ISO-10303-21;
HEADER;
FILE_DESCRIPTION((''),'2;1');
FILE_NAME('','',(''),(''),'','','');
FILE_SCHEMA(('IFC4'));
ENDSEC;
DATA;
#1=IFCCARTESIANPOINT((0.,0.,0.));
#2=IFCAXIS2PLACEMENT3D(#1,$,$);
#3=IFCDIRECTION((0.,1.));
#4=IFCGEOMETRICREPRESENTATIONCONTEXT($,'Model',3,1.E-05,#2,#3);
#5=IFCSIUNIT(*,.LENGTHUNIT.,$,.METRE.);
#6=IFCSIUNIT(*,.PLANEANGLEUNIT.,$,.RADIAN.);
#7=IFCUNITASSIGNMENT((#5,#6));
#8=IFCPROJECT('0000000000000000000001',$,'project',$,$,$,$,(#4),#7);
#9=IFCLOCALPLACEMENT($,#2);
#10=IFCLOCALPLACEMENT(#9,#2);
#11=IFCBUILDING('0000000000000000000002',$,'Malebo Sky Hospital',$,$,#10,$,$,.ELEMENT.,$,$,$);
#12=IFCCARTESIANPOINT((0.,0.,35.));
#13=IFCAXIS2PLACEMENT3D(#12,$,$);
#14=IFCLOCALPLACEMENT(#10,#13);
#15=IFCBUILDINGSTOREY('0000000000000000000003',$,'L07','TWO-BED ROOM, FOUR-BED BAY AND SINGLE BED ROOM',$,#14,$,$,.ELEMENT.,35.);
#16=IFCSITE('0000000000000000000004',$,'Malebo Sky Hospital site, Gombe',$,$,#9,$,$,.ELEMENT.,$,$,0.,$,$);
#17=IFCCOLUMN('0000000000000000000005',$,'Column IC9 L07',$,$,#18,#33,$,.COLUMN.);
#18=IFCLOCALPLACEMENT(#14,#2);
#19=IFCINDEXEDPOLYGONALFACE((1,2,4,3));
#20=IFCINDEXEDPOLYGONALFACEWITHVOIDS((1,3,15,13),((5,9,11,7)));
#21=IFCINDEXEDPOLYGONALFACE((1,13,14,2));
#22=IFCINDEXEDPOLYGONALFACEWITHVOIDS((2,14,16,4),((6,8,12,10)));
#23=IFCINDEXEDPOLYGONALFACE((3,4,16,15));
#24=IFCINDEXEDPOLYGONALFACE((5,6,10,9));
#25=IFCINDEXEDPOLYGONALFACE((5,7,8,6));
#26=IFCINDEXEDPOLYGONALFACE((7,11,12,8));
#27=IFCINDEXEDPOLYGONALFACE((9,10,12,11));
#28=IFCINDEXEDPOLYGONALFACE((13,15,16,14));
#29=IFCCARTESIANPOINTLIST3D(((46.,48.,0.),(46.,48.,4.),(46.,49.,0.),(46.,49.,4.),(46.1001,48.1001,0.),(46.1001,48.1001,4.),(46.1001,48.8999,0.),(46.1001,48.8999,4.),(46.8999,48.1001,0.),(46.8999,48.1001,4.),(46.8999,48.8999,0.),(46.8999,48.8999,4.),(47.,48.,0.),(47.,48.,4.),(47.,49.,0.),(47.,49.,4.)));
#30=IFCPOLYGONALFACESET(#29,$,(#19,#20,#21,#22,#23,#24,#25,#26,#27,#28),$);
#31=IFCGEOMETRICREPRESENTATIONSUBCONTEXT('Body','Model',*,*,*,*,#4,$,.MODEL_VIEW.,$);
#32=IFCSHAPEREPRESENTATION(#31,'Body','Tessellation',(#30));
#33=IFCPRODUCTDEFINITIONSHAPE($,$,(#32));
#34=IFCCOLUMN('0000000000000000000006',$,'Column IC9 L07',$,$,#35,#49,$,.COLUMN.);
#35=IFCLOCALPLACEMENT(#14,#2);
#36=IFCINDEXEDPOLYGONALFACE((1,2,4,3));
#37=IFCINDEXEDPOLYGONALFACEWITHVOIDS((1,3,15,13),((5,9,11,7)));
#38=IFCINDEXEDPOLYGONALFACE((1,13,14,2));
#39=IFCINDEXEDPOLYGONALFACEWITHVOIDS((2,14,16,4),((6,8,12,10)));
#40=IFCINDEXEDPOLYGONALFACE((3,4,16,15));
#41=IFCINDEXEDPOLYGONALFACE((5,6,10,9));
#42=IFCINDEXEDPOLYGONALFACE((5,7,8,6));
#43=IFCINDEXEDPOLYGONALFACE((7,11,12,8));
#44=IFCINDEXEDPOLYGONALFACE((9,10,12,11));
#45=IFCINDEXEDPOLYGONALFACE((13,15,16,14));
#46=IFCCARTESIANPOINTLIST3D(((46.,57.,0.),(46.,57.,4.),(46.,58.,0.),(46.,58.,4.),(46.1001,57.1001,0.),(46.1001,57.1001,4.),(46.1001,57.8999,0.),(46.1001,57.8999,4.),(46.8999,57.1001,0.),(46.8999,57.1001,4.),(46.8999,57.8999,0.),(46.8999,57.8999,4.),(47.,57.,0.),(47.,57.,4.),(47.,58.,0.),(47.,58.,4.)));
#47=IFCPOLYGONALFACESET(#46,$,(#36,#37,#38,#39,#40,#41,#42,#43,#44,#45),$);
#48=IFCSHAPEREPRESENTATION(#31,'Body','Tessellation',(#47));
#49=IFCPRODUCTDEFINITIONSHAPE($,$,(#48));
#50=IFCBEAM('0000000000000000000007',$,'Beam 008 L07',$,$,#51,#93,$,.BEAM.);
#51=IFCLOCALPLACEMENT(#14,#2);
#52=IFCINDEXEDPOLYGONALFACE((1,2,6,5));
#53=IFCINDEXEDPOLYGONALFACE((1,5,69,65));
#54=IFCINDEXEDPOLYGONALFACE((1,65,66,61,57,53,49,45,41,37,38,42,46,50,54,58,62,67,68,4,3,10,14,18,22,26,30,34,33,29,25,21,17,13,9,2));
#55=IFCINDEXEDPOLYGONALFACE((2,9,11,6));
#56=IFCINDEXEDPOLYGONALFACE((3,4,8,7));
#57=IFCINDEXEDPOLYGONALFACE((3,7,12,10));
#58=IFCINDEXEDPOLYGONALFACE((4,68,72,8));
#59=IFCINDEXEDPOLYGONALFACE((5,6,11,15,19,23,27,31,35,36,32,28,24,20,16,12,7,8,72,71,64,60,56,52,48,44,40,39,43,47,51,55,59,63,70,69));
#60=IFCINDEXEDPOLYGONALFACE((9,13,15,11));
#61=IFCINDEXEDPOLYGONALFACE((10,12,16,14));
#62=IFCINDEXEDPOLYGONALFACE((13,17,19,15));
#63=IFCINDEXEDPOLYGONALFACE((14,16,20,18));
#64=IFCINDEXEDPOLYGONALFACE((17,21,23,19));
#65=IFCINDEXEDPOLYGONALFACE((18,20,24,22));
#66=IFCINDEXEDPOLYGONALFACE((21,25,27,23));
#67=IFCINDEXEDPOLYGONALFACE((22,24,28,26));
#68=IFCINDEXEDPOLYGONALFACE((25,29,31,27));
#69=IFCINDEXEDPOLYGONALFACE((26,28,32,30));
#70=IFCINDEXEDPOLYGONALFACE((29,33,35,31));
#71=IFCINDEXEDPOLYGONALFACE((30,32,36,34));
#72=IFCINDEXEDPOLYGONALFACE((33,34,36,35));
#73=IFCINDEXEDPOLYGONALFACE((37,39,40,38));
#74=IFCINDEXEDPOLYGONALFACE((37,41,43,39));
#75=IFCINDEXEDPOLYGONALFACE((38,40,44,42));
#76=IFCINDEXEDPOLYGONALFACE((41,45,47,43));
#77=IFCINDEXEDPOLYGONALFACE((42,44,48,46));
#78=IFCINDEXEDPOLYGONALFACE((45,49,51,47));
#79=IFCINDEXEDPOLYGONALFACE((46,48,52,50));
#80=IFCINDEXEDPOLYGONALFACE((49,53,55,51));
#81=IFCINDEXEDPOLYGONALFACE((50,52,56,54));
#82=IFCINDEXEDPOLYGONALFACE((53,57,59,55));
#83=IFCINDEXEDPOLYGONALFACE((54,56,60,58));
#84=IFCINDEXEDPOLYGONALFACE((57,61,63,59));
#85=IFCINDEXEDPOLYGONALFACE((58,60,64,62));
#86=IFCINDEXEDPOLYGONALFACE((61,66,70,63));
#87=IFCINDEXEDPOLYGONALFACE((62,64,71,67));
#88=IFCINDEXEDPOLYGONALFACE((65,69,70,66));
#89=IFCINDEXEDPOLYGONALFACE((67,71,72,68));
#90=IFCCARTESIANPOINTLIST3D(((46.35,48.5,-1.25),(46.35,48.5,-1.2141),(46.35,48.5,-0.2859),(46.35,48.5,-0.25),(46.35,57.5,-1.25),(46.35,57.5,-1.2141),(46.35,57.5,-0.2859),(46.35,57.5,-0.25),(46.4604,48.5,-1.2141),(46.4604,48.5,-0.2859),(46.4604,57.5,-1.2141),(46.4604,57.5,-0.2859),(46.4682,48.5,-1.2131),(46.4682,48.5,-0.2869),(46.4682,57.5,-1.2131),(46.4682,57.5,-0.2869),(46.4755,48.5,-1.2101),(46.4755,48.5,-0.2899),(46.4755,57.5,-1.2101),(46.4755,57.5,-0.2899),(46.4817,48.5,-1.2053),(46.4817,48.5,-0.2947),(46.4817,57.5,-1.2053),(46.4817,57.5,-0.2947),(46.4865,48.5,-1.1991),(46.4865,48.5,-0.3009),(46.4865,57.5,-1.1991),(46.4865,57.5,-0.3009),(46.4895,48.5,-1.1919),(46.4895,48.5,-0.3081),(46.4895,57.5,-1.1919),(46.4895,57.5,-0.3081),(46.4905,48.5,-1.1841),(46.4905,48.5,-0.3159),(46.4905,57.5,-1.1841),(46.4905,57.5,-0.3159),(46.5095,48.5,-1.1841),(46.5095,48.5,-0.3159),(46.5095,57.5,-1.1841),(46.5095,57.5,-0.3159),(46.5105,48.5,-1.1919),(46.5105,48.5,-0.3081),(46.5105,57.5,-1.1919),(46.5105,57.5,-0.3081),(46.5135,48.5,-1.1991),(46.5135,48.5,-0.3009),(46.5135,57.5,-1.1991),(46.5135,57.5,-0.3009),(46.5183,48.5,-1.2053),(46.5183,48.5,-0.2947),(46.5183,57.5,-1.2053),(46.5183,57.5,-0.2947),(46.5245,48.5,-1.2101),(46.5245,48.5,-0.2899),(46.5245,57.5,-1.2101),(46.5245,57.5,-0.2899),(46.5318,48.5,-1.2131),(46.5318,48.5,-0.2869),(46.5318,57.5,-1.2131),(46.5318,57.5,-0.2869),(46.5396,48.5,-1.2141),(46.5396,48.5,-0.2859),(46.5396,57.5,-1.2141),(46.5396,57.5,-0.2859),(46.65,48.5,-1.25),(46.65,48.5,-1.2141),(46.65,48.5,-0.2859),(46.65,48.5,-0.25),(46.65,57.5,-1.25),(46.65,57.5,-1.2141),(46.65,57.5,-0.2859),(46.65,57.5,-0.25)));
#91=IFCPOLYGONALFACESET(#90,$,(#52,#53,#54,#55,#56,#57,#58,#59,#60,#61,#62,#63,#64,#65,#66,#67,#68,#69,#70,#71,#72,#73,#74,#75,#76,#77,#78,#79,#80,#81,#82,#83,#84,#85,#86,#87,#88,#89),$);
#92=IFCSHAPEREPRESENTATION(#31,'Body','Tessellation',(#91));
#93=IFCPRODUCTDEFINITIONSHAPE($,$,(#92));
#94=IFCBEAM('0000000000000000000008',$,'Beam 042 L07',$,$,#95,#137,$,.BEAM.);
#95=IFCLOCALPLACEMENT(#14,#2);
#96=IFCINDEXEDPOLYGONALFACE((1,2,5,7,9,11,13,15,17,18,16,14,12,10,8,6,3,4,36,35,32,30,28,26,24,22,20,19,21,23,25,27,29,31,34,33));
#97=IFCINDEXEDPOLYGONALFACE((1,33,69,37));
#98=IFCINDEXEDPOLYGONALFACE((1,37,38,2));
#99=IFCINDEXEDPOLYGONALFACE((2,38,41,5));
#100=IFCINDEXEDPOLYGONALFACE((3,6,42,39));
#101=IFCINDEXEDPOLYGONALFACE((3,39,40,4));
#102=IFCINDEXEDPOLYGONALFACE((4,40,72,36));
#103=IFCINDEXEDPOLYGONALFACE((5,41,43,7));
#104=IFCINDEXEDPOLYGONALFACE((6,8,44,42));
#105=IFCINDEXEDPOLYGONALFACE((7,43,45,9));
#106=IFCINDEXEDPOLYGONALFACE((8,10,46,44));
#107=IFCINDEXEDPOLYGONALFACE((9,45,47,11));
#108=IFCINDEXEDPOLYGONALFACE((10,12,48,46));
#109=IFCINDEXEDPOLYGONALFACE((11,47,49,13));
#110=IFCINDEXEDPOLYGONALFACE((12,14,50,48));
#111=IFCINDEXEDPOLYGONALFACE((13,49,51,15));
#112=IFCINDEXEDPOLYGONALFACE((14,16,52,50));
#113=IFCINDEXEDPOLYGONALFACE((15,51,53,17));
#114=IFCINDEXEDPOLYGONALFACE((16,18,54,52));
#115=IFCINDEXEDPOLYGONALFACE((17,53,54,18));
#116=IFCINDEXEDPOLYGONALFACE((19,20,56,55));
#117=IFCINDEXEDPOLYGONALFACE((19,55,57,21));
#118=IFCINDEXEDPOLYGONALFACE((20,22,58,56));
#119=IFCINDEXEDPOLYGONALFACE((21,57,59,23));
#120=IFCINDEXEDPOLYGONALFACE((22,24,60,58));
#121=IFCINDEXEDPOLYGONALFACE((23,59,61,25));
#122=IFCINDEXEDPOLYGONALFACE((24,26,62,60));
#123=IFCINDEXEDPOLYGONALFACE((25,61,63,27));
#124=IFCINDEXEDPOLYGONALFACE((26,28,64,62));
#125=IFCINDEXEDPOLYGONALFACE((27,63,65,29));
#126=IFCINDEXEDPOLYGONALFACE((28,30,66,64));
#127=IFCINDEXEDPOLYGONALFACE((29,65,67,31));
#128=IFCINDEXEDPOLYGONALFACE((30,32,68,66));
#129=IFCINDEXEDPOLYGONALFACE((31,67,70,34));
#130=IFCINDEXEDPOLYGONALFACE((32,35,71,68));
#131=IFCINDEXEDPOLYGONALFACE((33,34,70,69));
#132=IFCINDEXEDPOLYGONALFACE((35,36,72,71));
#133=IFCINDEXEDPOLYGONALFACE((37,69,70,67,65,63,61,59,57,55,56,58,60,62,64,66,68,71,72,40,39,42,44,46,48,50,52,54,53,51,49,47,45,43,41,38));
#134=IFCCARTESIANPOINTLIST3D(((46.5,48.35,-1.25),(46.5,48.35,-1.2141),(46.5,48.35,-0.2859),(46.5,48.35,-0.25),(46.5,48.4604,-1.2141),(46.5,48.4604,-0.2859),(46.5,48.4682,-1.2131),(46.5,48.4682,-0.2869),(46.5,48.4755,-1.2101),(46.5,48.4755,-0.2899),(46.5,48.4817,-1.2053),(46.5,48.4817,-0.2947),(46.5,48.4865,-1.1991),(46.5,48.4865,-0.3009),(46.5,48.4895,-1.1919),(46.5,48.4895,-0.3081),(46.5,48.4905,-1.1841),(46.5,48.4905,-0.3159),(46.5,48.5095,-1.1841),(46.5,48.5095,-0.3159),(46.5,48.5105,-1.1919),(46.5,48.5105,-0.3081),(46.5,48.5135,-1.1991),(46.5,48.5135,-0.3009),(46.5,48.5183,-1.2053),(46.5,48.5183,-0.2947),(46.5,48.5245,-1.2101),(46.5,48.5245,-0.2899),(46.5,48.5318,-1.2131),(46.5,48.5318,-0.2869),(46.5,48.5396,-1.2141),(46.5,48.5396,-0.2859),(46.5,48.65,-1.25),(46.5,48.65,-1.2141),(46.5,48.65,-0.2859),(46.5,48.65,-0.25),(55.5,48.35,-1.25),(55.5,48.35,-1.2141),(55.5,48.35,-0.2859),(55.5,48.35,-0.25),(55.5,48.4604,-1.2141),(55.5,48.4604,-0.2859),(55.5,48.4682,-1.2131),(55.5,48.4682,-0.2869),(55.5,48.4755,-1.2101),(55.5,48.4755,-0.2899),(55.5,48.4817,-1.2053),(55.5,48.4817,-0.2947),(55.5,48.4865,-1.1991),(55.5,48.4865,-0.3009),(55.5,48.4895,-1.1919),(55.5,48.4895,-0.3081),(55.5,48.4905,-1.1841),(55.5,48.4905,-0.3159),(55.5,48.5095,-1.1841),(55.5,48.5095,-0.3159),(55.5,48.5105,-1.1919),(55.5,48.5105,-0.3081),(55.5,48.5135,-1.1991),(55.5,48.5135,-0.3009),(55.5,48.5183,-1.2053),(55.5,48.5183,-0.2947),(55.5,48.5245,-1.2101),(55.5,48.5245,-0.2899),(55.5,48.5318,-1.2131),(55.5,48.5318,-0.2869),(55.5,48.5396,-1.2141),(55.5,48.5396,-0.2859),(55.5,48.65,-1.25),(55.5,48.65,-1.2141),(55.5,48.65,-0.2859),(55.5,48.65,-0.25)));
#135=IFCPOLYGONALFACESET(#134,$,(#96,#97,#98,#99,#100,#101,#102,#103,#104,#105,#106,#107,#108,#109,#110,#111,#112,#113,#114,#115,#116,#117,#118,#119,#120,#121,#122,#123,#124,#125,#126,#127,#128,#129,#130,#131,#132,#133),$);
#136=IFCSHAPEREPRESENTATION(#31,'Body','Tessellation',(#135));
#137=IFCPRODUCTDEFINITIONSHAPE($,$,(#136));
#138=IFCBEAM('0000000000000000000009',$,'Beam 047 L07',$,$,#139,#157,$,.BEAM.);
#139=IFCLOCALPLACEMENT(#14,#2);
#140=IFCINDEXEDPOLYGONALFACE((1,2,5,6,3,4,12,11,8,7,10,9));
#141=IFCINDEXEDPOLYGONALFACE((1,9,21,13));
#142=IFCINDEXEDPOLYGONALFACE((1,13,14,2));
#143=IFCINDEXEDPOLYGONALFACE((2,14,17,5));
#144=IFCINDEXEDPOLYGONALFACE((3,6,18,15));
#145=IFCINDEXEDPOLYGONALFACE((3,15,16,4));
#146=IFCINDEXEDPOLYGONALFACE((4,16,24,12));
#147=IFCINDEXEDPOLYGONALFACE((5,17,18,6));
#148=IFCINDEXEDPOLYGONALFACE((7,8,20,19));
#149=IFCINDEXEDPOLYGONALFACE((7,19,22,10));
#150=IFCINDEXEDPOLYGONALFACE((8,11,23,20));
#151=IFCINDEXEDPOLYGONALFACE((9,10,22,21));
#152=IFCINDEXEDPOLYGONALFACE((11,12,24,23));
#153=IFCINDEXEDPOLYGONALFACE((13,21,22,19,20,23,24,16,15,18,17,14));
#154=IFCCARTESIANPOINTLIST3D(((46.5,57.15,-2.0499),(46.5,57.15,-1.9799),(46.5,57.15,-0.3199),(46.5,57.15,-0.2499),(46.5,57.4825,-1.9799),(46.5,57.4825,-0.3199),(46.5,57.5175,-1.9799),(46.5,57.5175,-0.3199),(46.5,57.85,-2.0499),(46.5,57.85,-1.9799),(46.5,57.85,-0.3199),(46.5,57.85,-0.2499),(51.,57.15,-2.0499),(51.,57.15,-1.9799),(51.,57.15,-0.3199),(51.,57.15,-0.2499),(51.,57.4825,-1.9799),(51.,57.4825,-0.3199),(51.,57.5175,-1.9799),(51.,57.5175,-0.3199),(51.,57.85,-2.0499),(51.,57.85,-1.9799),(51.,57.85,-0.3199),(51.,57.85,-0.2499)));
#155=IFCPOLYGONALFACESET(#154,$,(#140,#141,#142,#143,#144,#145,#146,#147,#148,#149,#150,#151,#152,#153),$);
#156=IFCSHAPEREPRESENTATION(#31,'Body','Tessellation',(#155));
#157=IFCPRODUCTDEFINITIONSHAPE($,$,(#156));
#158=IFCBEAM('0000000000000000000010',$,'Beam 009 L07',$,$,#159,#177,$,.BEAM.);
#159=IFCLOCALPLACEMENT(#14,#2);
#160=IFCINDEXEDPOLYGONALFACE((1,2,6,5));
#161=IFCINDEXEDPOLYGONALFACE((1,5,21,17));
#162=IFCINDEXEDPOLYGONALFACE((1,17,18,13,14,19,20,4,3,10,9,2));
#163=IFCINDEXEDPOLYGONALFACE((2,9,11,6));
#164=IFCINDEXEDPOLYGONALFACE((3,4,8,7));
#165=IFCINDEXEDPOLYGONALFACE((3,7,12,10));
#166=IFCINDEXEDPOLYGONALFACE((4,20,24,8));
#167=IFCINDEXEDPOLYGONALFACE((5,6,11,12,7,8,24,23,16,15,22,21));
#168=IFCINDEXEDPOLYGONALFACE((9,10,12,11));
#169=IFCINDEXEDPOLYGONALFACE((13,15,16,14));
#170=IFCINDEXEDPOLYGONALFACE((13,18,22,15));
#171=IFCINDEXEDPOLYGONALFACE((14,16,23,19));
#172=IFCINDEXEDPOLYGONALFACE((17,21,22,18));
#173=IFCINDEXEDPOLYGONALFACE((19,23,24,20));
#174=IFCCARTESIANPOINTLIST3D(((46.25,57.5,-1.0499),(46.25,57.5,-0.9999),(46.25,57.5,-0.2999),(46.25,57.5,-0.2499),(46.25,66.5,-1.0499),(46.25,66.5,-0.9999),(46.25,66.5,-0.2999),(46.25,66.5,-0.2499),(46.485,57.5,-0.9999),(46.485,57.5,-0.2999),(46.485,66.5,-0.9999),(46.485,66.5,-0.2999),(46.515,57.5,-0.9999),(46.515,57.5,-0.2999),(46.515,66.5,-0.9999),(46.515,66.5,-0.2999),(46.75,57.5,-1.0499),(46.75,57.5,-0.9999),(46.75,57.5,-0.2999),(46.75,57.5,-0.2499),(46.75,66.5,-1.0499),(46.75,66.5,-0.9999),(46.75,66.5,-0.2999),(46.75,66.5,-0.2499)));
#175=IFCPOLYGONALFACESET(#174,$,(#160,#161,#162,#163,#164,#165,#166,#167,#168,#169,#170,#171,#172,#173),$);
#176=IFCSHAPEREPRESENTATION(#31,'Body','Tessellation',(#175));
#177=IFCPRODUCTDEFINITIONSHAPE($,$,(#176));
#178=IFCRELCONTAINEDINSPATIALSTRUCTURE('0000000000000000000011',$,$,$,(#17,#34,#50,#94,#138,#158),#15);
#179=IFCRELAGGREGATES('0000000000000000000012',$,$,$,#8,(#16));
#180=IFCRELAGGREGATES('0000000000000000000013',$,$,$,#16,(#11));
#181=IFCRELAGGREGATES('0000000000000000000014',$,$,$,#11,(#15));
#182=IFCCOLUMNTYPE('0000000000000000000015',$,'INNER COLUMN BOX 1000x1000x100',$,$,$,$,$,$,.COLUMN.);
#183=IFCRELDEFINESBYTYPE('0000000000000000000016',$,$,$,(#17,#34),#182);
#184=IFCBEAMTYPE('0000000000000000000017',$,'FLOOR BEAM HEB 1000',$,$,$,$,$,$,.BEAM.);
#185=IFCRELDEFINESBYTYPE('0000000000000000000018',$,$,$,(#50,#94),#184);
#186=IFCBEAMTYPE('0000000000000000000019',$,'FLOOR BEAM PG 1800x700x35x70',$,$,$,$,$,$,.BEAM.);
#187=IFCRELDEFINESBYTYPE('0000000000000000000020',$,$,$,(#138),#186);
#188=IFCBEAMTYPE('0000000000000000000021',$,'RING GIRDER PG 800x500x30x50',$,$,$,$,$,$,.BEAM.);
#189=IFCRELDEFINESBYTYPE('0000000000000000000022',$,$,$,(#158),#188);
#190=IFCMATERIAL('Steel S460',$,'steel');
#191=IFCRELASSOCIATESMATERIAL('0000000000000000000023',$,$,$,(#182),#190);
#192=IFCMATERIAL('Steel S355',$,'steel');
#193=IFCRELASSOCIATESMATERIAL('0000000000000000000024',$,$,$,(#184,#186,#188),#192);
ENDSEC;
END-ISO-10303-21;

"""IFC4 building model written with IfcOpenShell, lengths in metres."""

from ifc_helpers import new_model, si_unit, direction, frame, origin, origin_2d, place, context, subcontext, project, spatial, hollow_rectangle, i_section, extrude, material, material_profile, profile_set, type_object, element, save


model = new_model("IFC4")

# Units and contexts
model_context = context("Model", 3, precision=1e-05, world=origin(), true_north=direction((0.0, 1.0)))
body_context = subcontext(model_context, "Body", "Model", "MODEL_VIEW")
ifc_project = project(units=[si_unit("LENGTHUNIT", "METRE"), si_unit("PLANEANGLEUNIT", "RADIAN")], contexts=[model_context])

# Site, building, storey
site_placement = place(None, origin())
site = spatial("IfcSite", under=ifc_project, at=site_placement, Name="Malebo Sky Hospital site, Gombe", CompositionType="ELEMENT", RefElevation=0.0)
building_placement = place(site_placement, origin())
building = spatial("IfcBuilding", under=site, at=building_placement, Name="Malebo Sky Hospital", CompositionType="ELEMENT")
storey_placement = place(building_placement, frame((0.0, 0.0, 35.0)))
storey = spatial("IfcBuildingStorey", under=building, at=storey_placement, Name="L07", Description="TWO-BED ROOM, FOUR-BED BAY AND SINGLE BED ROOM", CompositionType="ELEMENT", Elevation=35.0)

# Columns
ifc_material_1 = material(Name="Steel S460", Category="steel")
ifc_material_profile_1 = material_profile(ifc_material_1, hollow_rectangle(XDim=1.0, YDim=1.0, WallThickness=0.1001, at=origin_2d()), Name="BOX 1000x1000x100")
ifc_profile_set_1 = profile_set([ifc_material_profile_1], Name="Steel S460")
column_type = type_object("IfcColumnType", Name="INNER COLUMN BOX 1000x1000x100", PredefinedType="COLUMN", material=ifc_profile_set_1)
for number, where, z_axis, x_axis, name in (
    (1, (46.5, 48.5, 0.0), (0.0, 0.0, 1.0), (1.0, 0.0, 0.0), "Column IC9 L07"),
    (2, (46.5, 57.5, 0.0), (0.0, 0.0, 1.0), (1.0, 0.0, 0.0), "Column IC9 L07"),
):
    element("IfcColumn", number, at=place(storey_placement, frame(where, z_axis=z_axis, x_axis=x_axis)), inside=storey, type_object=column_type, Name=name, PredefinedType="COLUMN", context=body_context, shape_type="SweptSolid", body=[
        extrude(hollow_rectangle(XDim=1.0, YDim=1.0, WallThickness=0.1001, at=origin_2d()), origin(), (0.0, 0.0, 1.0), 4.0),
    ])

# Beams
ifc_material_2 = material(Name="Steel S355", Category="steel")
ifc_material_profile_2 = material_profile(ifc_material_2, i_section(OverallWidth=0.3, OverallDepth=1.0, WebThickness=0.019, FlangeThickness=0.0359, FilletRadius=0.03, at=origin_2d()), Name="HEB 1000")
ifc_profile_set_2 = profile_set([ifc_material_profile_2], Name="Steel S355")
beam_type_1 = type_object("IfcBeamType", Name="FLOOR BEAM HEB 1000", PredefinedType="BEAM", material=ifc_profile_set_2)
for number, where, z_axis, x_axis, name in (
    (3, (46.5, 48.5, -0.75), (0.0, 1.0, 0.0), (-1.0, 0.0, 0.0), "Beam 008 L07"),
    (4, (46.5, 48.5, -0.75), (1.0, 0.0, 0.0), (0.0, 1.0, 0.0), "Beam 042 L07"),
):
    element("IfcBeam", number, at=place(storey_placement, frame(where, z_axis=z_axis, x_axis=x_axis)), inside=storey, type_object=beam_type_1, Name=name, PredefinedType="BEAM", context=body_context, shape_type="SweptSolid", body=[
        extrude(i_section(OverallWidth=0.3, OverallDepth=1.0, WebThickness=0.019, FlangeThickness=0.0359, FilletRadius=0.03, at=origin_2d()), origin(), (0.0, 0.0, 1.0), 9.0),
    ])
ifc_material_profile_3 = material_profile(ifc_material_2, i_section(OverallWidth=0.7, OverallDepth=1.8, WebThickness=0.0349, FlangeThickness=0.0701, at=origin_2d()), Name="PG 1800x700x35x70")
ifc_profile_set_3 = profile_set([ifc_material_profile_3], Name="Steel S355")
beam_type_2 = type_object("IfcBeamType", Name="FLOOR BEAM PG 1800x700x35x70", PredefinedType="BEAM", material=ifc_profile_set_3)
beam_1_placement = place(storey_placement, frame((46.5, 57.5, -1.1499), z_axis=(1.0, 0.0, 0.0), x_axis=(0.0, 1.0, 0.0)))
element("IfcBeam", 5, at=beam_1_placement, inside=storey, type_object=beam_type_2, Name="Beam 047 L07", PredefinedType="BEAM", context=body_context, shape_type="SweptSolid", body=[
    extrude(i_section(OverallWidth=0.7, OverallDepth=1.8, WebThickness=0.0349, FlangeThickness=0.0701, at=origin_2d()), origin(), (0.0, 0.0, 1.0), 4.5),
])
ifc_material_profile_4 = material_profile(ifc_material_2, i_section(OverallWidth=0.5, OverallDepth=0.8, WebThickness=0.03, FlangeThickness=0.05, at=origin_2d()), Name="PG 800x500x30x50")
ifc_profile_set_4 = profile_set([ifc_material_profile_4], Name="Steel S355")
beam_type_3 = type_object("IfcBeamType", Name="RING GIRDER PG 800x500x30x50", PredefinedType="BEAM", material=ifc_profile_set_4)
beam_2_placement = place(storey_placement, frame((46.5, 57.5, -0.6499), z_axis=(0.0, 1.0, 0.0), x_axis=(-1.0, 0.0, 0.0)))
element("IfcBeam", 6, at=beam_2_placement, inside=storey, type_object=beam_type_3, Name="Beam 009 L07", PredefinedType="BEAM", context=body_context, shape_type="SweptSolid", body=[
    extrude(i_section(OverallWidth=0.5, OverallDepth=0.8, WebThickness=0.03, FlangeThickness=0.05, at=origin_2d()), origin(), (0.0, 0.0, 1.0), 9.0),
])

save(model, "model.ifc")
